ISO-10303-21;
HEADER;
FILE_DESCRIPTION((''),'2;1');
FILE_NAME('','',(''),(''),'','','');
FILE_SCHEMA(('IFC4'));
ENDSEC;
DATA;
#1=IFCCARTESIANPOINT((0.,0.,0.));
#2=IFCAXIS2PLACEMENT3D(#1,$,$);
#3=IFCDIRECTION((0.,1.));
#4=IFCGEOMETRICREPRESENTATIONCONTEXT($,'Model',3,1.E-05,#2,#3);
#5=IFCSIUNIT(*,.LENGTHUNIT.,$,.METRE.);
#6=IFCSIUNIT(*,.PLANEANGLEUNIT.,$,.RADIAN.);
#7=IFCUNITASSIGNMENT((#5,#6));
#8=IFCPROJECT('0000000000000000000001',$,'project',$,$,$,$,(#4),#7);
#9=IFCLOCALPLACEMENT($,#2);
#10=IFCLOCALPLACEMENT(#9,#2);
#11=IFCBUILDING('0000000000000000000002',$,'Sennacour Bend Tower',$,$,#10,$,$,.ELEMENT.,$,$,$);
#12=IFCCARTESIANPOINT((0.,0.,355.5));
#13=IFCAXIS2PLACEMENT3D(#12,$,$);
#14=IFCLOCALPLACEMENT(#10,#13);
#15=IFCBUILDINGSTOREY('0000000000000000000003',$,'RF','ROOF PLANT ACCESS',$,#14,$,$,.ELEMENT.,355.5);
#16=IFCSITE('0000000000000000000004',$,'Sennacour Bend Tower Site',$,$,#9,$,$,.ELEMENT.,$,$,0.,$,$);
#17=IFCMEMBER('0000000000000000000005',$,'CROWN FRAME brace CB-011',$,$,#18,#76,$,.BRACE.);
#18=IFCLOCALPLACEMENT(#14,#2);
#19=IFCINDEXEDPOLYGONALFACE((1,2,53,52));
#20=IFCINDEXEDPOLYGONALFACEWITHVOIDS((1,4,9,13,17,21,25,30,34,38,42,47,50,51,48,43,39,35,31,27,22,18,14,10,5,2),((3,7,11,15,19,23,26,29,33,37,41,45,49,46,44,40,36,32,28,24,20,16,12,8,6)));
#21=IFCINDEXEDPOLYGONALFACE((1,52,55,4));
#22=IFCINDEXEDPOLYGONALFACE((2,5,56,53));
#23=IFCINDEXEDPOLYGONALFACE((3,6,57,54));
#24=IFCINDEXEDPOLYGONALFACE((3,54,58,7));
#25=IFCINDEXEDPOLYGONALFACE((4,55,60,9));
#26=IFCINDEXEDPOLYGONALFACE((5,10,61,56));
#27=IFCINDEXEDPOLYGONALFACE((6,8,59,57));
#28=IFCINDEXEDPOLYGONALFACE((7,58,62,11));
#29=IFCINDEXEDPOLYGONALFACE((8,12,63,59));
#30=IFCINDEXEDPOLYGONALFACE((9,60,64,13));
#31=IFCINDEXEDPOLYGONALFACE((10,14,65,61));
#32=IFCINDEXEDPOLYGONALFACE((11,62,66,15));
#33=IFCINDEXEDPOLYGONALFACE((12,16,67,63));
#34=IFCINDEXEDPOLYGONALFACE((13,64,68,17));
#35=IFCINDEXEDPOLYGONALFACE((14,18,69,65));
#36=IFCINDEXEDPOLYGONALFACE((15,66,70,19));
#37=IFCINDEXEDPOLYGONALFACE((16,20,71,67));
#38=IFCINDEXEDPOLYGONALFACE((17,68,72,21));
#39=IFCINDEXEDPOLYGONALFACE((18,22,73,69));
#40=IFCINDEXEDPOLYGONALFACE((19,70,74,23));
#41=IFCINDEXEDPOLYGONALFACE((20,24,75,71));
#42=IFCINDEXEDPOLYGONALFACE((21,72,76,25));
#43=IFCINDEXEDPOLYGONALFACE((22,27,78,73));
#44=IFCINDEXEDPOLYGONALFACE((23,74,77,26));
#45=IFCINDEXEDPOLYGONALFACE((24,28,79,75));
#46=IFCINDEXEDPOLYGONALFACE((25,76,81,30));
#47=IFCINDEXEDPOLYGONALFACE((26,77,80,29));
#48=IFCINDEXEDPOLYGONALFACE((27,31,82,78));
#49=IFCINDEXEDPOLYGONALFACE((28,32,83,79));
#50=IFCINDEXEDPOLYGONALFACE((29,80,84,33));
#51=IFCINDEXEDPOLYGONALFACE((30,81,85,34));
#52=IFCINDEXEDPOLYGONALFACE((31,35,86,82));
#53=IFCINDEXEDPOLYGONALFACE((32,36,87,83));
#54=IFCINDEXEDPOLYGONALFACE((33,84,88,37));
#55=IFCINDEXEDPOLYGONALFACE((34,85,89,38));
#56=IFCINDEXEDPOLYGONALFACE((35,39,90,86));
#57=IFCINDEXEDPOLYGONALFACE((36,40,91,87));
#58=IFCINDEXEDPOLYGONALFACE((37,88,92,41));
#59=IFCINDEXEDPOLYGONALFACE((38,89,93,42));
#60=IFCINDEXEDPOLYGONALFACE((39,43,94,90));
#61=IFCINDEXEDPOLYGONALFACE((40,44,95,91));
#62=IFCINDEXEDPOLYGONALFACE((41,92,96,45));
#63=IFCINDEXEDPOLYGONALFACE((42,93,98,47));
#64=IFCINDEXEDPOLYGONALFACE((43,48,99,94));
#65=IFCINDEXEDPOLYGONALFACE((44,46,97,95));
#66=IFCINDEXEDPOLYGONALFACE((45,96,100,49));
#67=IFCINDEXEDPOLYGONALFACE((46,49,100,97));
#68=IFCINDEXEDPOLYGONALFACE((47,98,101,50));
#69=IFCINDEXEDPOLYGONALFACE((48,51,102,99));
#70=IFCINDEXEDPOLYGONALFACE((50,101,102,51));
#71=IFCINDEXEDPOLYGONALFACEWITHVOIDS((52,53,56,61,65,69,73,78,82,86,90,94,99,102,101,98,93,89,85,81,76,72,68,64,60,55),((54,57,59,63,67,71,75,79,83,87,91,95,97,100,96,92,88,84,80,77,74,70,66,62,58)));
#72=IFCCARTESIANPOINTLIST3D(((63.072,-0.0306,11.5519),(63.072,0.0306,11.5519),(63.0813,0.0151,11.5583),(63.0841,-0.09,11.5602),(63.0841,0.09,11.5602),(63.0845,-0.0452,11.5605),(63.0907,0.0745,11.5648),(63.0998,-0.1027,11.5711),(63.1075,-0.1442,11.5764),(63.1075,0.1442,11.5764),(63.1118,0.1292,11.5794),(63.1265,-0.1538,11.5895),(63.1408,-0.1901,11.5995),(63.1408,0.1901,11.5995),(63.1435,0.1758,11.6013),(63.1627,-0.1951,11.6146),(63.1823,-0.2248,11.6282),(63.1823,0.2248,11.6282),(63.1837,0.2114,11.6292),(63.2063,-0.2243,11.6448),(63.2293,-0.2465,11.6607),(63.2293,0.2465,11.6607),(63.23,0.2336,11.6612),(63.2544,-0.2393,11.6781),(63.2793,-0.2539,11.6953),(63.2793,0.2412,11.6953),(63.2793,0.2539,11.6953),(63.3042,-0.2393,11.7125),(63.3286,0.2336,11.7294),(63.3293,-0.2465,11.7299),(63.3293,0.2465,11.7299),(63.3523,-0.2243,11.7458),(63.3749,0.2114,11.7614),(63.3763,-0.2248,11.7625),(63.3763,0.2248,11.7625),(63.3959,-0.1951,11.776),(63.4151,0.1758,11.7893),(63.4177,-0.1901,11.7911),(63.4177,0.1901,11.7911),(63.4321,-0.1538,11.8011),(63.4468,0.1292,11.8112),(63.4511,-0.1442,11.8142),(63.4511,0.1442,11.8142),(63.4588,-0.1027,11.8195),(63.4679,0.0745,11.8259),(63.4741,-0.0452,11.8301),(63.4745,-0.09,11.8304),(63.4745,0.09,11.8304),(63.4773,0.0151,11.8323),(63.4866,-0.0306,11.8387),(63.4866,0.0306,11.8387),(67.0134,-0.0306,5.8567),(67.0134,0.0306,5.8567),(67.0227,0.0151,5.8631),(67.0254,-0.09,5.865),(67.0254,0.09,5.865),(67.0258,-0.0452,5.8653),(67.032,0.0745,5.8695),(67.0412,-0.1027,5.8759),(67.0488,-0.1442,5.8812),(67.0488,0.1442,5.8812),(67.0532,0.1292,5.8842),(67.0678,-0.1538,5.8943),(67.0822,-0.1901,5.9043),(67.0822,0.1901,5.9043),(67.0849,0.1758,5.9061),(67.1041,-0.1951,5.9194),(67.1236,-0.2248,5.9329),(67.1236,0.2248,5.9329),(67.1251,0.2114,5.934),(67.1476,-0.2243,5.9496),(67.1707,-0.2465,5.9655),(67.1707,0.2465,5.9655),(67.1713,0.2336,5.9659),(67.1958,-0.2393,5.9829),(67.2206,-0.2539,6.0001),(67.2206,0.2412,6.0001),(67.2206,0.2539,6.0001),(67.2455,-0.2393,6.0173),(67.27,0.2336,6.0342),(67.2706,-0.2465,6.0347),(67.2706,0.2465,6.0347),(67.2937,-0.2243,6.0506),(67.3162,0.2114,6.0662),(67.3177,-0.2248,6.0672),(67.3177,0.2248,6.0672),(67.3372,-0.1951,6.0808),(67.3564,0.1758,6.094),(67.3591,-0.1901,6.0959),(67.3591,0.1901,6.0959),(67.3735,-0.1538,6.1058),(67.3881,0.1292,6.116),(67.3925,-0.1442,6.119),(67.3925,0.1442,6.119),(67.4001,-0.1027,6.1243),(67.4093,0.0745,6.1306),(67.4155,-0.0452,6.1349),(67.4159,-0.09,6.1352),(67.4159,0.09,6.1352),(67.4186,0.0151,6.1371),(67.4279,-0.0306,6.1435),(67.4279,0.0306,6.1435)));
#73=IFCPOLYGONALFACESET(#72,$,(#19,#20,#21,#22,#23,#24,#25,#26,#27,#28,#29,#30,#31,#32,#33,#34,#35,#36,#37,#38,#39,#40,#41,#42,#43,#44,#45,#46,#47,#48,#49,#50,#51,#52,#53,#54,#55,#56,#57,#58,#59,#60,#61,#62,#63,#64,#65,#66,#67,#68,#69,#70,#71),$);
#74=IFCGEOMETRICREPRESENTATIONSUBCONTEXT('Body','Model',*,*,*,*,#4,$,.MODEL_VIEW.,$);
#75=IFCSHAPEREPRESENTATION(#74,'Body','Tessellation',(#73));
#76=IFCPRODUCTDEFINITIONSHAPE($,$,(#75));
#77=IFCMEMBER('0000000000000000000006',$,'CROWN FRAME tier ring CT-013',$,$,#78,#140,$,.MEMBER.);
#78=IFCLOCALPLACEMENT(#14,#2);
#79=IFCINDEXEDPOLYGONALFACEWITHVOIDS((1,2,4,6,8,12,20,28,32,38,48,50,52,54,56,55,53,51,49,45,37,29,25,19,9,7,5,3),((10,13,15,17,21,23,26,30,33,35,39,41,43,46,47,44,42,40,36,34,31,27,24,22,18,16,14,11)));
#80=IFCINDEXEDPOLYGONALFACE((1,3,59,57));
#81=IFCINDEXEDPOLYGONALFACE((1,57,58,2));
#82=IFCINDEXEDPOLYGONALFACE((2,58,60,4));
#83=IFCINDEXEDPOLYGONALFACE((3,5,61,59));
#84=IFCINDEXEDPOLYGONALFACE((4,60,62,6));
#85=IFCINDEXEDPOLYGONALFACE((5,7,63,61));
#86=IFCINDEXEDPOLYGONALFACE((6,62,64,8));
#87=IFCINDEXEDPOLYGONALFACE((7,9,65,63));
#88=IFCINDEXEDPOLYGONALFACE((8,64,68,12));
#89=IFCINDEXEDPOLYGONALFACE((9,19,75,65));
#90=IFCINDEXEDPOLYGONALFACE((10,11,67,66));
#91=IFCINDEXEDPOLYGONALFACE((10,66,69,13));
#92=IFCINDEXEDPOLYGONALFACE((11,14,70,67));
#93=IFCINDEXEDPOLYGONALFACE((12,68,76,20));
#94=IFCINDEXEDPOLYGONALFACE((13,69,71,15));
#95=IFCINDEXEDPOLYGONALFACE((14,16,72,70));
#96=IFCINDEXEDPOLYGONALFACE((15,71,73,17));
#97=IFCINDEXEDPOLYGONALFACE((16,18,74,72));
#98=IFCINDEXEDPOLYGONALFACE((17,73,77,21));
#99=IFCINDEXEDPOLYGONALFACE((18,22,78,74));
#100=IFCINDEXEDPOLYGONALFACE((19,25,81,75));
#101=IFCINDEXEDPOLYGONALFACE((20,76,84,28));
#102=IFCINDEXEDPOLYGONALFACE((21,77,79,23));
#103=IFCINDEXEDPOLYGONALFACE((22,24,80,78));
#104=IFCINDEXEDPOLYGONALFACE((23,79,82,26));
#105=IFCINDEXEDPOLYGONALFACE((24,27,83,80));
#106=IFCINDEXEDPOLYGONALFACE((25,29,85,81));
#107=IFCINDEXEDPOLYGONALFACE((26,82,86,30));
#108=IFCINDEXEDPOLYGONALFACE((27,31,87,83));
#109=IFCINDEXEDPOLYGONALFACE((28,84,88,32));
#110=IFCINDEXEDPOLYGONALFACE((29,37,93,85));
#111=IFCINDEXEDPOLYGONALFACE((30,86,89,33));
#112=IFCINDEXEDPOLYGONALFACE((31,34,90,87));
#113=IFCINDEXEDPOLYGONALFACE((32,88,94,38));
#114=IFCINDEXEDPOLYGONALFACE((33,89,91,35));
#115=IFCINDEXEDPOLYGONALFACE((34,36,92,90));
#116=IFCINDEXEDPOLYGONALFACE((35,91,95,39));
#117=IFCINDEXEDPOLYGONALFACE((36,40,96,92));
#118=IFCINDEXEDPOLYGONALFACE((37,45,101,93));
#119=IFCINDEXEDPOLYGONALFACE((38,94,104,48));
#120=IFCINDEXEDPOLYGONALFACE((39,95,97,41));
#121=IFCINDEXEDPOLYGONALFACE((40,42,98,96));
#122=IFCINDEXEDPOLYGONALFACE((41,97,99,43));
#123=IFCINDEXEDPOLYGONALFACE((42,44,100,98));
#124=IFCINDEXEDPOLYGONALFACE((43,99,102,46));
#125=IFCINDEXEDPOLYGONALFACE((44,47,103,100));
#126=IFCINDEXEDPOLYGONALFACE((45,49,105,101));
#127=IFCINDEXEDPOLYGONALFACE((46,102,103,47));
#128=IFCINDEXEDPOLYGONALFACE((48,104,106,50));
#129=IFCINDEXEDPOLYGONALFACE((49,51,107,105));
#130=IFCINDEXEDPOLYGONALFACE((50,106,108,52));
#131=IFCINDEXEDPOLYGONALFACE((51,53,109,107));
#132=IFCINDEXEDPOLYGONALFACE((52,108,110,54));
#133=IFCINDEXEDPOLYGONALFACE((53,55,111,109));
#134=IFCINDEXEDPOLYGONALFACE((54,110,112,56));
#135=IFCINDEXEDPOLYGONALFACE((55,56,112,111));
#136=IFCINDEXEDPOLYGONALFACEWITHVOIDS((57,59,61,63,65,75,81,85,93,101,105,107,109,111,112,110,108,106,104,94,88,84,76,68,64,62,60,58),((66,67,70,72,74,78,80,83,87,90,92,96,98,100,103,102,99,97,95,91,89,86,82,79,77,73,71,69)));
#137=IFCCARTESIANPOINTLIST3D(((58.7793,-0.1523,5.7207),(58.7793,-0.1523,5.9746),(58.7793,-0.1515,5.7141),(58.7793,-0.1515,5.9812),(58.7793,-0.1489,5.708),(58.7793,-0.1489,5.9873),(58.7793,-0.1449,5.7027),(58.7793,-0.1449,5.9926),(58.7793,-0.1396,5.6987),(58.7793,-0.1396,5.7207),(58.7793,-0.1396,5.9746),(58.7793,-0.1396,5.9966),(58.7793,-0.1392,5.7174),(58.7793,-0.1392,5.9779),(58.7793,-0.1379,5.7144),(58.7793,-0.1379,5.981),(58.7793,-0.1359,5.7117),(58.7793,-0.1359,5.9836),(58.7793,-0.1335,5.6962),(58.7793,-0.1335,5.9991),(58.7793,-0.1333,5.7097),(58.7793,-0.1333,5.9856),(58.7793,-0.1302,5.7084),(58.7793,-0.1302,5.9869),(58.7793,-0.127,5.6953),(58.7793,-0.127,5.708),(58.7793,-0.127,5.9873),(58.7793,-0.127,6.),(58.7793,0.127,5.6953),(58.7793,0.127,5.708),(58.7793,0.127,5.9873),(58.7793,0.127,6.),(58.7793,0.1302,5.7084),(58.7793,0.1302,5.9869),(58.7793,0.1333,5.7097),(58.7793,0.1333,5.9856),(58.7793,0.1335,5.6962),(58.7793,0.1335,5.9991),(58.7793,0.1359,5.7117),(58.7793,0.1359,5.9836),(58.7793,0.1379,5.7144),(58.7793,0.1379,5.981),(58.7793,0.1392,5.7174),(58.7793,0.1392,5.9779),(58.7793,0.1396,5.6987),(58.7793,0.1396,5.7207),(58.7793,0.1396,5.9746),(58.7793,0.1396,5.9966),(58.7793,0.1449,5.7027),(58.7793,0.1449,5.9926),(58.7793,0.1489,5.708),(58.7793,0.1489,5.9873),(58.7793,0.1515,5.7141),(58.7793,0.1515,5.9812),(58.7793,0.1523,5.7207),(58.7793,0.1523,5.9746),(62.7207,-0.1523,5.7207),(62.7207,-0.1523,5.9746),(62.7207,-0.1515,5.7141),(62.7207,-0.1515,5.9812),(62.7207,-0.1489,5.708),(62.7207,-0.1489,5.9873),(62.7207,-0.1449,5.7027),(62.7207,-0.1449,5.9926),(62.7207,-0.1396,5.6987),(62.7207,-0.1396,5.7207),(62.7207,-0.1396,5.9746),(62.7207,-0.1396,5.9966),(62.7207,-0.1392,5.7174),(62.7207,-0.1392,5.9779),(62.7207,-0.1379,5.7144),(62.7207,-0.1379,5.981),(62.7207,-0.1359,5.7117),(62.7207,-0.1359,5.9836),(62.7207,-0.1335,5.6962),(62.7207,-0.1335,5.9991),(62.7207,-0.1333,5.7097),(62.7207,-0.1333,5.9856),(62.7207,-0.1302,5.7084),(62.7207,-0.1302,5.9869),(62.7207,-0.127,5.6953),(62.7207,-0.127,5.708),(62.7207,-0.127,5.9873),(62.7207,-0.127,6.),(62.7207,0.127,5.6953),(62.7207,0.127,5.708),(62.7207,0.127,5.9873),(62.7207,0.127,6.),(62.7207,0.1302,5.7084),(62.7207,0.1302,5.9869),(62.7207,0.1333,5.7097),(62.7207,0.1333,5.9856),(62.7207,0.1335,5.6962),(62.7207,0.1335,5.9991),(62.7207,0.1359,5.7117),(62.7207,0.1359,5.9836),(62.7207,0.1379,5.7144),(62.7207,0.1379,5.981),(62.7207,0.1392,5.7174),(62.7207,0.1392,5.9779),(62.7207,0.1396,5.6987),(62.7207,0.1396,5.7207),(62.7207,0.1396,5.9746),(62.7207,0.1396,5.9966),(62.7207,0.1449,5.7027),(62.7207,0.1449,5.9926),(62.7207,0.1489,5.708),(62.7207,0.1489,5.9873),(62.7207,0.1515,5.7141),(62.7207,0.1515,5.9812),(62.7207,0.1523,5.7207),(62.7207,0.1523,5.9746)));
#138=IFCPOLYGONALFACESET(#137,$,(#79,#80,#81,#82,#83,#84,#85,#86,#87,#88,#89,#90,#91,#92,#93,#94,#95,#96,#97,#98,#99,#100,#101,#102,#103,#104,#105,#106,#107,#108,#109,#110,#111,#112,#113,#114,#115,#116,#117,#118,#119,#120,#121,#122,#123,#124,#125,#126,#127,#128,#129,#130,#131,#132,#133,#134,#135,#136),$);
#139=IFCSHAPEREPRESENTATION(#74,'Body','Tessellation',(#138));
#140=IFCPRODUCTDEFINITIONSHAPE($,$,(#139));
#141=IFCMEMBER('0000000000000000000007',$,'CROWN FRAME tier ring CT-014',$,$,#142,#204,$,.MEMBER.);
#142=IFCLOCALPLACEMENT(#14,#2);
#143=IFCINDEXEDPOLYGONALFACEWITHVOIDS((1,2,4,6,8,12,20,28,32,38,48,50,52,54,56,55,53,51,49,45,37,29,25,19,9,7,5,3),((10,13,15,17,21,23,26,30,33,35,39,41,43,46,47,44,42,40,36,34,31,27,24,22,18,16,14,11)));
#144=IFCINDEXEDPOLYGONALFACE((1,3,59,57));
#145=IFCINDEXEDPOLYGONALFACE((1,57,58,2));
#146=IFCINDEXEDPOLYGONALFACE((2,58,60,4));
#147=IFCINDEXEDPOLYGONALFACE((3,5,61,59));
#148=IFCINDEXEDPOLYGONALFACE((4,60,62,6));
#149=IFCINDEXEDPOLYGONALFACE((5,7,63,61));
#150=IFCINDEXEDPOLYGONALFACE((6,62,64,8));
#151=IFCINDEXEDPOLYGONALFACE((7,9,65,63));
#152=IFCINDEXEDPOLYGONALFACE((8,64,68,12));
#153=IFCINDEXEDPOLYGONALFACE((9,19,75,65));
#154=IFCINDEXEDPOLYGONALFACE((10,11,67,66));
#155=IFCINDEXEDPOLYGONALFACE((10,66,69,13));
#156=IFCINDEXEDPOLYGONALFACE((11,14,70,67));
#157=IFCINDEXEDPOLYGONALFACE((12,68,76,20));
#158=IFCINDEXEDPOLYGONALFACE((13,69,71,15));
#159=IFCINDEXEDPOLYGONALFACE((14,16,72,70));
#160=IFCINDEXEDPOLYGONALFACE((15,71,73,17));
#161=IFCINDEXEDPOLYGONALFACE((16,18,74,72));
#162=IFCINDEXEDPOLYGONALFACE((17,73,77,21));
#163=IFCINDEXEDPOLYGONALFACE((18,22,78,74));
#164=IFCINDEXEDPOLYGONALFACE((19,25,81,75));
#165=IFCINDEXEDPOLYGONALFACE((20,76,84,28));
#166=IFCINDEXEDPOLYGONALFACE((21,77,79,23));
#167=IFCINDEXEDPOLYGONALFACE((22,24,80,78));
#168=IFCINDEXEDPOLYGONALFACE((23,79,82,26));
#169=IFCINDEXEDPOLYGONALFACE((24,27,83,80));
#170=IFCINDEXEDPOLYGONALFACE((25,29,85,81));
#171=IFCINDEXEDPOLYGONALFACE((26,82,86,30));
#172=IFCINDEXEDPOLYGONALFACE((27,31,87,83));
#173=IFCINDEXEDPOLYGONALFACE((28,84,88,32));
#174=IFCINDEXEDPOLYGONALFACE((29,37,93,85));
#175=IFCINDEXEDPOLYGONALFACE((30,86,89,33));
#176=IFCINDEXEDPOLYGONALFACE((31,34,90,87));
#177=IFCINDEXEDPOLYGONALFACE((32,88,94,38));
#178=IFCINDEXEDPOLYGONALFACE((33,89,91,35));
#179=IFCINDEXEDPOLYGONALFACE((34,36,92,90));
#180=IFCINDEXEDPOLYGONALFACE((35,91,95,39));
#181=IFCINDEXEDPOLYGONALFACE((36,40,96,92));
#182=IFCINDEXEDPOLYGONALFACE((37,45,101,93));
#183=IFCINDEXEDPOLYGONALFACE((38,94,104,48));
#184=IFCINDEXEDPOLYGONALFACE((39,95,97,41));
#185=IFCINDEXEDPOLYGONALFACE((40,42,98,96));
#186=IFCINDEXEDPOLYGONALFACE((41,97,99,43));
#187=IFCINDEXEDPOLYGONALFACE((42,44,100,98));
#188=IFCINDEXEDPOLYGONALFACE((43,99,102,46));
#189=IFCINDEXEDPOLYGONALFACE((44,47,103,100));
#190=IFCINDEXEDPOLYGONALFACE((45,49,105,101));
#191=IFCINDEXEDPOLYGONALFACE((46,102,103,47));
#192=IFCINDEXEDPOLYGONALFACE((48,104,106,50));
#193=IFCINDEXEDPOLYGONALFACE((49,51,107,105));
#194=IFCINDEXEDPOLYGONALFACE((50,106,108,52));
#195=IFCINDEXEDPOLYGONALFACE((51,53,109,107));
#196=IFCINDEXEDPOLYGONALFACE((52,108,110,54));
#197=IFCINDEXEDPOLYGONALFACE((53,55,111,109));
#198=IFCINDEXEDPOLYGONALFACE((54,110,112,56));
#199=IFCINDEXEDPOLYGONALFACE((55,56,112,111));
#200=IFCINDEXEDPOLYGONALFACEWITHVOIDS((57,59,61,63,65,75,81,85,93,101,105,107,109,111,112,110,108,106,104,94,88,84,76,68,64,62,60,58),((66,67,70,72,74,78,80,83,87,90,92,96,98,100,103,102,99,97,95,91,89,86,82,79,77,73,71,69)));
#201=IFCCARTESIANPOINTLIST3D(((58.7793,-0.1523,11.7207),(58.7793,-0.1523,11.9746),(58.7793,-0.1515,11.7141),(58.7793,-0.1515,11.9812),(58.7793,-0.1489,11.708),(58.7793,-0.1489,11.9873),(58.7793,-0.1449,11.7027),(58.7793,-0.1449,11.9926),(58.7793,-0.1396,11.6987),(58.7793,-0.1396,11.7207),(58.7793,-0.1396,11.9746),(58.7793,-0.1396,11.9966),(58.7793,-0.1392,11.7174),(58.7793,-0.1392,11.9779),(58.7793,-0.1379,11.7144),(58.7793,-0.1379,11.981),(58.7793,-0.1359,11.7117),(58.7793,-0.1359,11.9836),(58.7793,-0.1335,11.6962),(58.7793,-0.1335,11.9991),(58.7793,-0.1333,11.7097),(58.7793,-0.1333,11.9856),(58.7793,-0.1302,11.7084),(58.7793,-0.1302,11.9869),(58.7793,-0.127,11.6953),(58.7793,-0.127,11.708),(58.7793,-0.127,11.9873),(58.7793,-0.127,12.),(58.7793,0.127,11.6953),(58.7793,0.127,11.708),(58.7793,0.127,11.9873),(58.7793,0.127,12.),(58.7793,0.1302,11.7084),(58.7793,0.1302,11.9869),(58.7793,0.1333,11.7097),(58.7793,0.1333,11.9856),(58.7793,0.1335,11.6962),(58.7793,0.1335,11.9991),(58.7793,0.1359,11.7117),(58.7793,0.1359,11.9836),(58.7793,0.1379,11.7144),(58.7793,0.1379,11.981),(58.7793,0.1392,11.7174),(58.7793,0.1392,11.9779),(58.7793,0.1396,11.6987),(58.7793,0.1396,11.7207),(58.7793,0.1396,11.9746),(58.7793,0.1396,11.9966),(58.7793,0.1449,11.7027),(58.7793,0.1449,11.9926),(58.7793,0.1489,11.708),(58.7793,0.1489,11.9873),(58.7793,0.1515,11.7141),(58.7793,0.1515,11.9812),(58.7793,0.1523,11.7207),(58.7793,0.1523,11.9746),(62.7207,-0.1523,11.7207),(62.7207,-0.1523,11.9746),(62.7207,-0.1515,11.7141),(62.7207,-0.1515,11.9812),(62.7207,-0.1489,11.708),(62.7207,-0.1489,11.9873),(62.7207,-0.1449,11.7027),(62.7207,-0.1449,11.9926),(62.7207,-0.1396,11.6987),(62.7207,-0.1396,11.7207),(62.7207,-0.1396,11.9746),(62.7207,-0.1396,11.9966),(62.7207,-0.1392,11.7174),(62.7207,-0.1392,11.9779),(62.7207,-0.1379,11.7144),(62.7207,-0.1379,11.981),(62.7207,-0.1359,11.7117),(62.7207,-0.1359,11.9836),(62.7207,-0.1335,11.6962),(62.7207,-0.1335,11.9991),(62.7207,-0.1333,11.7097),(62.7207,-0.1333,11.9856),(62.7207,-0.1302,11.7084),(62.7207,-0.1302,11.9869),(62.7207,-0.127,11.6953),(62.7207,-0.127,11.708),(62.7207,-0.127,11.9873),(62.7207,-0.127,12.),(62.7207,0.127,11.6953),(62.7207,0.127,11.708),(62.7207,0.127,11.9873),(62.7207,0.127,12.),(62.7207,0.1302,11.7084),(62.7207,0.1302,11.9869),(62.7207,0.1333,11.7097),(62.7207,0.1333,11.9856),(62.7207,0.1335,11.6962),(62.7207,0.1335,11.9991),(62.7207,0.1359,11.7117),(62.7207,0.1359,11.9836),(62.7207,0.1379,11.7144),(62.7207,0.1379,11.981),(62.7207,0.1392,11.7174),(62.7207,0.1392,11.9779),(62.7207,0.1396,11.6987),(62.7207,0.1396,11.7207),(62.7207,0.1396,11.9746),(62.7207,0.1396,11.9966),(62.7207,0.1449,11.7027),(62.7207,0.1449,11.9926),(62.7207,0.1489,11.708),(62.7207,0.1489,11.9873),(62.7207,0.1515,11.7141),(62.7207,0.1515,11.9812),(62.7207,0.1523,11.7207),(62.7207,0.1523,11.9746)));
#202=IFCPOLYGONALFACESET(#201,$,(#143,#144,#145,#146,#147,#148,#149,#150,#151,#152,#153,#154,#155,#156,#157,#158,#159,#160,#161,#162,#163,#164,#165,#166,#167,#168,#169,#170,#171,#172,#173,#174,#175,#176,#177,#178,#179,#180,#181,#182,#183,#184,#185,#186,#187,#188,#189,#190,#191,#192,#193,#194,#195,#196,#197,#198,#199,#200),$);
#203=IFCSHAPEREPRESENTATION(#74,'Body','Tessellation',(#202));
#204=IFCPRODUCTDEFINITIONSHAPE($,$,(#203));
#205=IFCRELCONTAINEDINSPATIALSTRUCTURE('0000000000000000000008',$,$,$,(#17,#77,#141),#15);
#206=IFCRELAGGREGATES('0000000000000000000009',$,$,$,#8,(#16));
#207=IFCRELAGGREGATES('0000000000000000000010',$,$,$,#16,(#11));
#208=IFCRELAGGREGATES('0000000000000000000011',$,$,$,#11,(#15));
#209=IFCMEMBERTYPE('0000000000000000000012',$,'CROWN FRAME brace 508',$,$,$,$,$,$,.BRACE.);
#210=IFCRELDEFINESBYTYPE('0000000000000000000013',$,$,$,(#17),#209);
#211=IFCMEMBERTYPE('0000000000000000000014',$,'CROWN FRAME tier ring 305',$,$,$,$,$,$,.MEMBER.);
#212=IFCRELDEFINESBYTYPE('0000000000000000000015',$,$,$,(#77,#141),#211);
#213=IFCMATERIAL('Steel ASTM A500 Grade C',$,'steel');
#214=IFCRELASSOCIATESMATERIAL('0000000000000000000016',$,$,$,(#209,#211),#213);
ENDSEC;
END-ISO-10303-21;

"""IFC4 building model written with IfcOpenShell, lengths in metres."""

from ifc_helpers import new_model, si_unit, direction, frame, origin, origin_2d, place, context, subcontext, project, spatial, hollow_rectangle, hollow_circle, extrude, material, material_profile, profile_set, type_object, element, save


model = new_model("IFC4")

# Units and contexts
model_context = context("Model", 3, precision=1e-05, world=origin(), true_north=direction((0.0, 1.0)))
body_context = subcontext(model_context, "Body", "Model", "MODEL_VIEW")
ifc_project = project(units=[si_unit("LENGTHUNIT", "METRE"), si_unit("PLANEANGLEUNIT", "RADIAN")], contexts=[model_context])

# Site, building, storey
site_placement = place(None, origin())
site = spatial("IfcSite", under=ifc_project, at=site_placement, Name="Sennacour Bend Tower Site", CompositionType="ELEMENT", RefElevation=0.0)
building_placement = place(site_placement, origin())
building = spatial("IfcBuilding", under=site, at=building_placement, Name="Sennacour Bend Tower", CompositionType="ELEMENT")
storey_placement = place(building_placement, frame((0.0, 0.0, 355.5)))
storey = spatial("IfcBuildingStorey", under=building, at=storey_placement, Name="RF", Description="ROOF PLANT ACCESS", CompositionType="ELEMENT", Elevation=355.5)

# Shared definitions
ifc_material_1 = material(Name="Steel ASTM A500 Grade C", Category="steel")

# Members
ifc_material_profile_1 = material_profile(ifc_material_1, hollow_circle(Radius=0.2539, WallThickness=0.0127, at=origin_2d()), Name="Steel ASTM A500 Grade C", Category="steel")
ifc_profile_set_1 = profile_set([ifc_material_profile_1], Name="Steel ASTM A500 Grade C")
member_type_1 = type_object("IfcMemberType", Name="CROWN FRAME brace 508", PredefinedType="BRACE", material=ifc_profile_set_1)
member_1_placement = place(storey_placement, frame((63.2793, 0.0, 11.6953), z_axis=(0.569063, 0.0, -0.822294), x_axis=(0.0, 1.0, 0.0)))
element("IfcMember", 1, at=member_1_placement, inside=storey, type_object=member_type_1, Name="CROWN FRAME brace CB-011", PredefinedType="BRACE", context=body_context, shape_type="SweptSolid", body=[
    extrude(hollow_circle(Radius=0.2539, WallThickness=0.0127, at=origin_2d()), origin(), (0.0, 0.0, 1.0), 6.926),
])
ifc_material_profile_2 = material_profile(ifc_material_1, hollow_rectangle(XDim=0.3047, YDim=0.3047, WallThickness=0.0127, InnerFilletRadius=0.0127, OuterFilletRadius=0.0254, at=origin_2d()), Name="Steel ASTM A500 Grade C", Category="steel")
ifc_profile_set_2 = profile_set([ifc_material_profile_2], Name="Steel ASTM A500 Grade C")
member_type_2 = type_object("IfcMemberType", Name="CROWN FRAME tier ring 305", PredefinedType="MEMBER", material=ifc_profile_set_2)
for number, where, z_axis, x_axis, name in (
    (2, (58.7793, 0.0, 5.8477), (1.0, 0.0, 0.0), (0.0, 1.0, 0.0), "CROWN FRAME tier ring CT-013"),
    (3, (58.7793, 0.0, 11.8477), (1.0, 0.0, 0.0), (0.0, 1.0, 0.0), "CROWN FRAME tier ring CT-014"),
):
    element("IfcMember", number, at=place(storey_placement, frame(where, z_axis=z_axis, x_axis=x_axis)), inside=storey, type_object=member_type_2, Name=name, PredefinedType="MEMBER", context=body_context, shape_type="SweptSolid", body=[
        extrude(hollow_rectangle(XDim=0.3047, YDim=0.3047, WallThickness=0.0127, InnerFilletRadius=0.0127, OuterFilletRadius=0.0254, at=origin_2d()), origin(), (0.0, 0.0, 1.0), 3.9414),
    ])

save(model, "model.ifc")
